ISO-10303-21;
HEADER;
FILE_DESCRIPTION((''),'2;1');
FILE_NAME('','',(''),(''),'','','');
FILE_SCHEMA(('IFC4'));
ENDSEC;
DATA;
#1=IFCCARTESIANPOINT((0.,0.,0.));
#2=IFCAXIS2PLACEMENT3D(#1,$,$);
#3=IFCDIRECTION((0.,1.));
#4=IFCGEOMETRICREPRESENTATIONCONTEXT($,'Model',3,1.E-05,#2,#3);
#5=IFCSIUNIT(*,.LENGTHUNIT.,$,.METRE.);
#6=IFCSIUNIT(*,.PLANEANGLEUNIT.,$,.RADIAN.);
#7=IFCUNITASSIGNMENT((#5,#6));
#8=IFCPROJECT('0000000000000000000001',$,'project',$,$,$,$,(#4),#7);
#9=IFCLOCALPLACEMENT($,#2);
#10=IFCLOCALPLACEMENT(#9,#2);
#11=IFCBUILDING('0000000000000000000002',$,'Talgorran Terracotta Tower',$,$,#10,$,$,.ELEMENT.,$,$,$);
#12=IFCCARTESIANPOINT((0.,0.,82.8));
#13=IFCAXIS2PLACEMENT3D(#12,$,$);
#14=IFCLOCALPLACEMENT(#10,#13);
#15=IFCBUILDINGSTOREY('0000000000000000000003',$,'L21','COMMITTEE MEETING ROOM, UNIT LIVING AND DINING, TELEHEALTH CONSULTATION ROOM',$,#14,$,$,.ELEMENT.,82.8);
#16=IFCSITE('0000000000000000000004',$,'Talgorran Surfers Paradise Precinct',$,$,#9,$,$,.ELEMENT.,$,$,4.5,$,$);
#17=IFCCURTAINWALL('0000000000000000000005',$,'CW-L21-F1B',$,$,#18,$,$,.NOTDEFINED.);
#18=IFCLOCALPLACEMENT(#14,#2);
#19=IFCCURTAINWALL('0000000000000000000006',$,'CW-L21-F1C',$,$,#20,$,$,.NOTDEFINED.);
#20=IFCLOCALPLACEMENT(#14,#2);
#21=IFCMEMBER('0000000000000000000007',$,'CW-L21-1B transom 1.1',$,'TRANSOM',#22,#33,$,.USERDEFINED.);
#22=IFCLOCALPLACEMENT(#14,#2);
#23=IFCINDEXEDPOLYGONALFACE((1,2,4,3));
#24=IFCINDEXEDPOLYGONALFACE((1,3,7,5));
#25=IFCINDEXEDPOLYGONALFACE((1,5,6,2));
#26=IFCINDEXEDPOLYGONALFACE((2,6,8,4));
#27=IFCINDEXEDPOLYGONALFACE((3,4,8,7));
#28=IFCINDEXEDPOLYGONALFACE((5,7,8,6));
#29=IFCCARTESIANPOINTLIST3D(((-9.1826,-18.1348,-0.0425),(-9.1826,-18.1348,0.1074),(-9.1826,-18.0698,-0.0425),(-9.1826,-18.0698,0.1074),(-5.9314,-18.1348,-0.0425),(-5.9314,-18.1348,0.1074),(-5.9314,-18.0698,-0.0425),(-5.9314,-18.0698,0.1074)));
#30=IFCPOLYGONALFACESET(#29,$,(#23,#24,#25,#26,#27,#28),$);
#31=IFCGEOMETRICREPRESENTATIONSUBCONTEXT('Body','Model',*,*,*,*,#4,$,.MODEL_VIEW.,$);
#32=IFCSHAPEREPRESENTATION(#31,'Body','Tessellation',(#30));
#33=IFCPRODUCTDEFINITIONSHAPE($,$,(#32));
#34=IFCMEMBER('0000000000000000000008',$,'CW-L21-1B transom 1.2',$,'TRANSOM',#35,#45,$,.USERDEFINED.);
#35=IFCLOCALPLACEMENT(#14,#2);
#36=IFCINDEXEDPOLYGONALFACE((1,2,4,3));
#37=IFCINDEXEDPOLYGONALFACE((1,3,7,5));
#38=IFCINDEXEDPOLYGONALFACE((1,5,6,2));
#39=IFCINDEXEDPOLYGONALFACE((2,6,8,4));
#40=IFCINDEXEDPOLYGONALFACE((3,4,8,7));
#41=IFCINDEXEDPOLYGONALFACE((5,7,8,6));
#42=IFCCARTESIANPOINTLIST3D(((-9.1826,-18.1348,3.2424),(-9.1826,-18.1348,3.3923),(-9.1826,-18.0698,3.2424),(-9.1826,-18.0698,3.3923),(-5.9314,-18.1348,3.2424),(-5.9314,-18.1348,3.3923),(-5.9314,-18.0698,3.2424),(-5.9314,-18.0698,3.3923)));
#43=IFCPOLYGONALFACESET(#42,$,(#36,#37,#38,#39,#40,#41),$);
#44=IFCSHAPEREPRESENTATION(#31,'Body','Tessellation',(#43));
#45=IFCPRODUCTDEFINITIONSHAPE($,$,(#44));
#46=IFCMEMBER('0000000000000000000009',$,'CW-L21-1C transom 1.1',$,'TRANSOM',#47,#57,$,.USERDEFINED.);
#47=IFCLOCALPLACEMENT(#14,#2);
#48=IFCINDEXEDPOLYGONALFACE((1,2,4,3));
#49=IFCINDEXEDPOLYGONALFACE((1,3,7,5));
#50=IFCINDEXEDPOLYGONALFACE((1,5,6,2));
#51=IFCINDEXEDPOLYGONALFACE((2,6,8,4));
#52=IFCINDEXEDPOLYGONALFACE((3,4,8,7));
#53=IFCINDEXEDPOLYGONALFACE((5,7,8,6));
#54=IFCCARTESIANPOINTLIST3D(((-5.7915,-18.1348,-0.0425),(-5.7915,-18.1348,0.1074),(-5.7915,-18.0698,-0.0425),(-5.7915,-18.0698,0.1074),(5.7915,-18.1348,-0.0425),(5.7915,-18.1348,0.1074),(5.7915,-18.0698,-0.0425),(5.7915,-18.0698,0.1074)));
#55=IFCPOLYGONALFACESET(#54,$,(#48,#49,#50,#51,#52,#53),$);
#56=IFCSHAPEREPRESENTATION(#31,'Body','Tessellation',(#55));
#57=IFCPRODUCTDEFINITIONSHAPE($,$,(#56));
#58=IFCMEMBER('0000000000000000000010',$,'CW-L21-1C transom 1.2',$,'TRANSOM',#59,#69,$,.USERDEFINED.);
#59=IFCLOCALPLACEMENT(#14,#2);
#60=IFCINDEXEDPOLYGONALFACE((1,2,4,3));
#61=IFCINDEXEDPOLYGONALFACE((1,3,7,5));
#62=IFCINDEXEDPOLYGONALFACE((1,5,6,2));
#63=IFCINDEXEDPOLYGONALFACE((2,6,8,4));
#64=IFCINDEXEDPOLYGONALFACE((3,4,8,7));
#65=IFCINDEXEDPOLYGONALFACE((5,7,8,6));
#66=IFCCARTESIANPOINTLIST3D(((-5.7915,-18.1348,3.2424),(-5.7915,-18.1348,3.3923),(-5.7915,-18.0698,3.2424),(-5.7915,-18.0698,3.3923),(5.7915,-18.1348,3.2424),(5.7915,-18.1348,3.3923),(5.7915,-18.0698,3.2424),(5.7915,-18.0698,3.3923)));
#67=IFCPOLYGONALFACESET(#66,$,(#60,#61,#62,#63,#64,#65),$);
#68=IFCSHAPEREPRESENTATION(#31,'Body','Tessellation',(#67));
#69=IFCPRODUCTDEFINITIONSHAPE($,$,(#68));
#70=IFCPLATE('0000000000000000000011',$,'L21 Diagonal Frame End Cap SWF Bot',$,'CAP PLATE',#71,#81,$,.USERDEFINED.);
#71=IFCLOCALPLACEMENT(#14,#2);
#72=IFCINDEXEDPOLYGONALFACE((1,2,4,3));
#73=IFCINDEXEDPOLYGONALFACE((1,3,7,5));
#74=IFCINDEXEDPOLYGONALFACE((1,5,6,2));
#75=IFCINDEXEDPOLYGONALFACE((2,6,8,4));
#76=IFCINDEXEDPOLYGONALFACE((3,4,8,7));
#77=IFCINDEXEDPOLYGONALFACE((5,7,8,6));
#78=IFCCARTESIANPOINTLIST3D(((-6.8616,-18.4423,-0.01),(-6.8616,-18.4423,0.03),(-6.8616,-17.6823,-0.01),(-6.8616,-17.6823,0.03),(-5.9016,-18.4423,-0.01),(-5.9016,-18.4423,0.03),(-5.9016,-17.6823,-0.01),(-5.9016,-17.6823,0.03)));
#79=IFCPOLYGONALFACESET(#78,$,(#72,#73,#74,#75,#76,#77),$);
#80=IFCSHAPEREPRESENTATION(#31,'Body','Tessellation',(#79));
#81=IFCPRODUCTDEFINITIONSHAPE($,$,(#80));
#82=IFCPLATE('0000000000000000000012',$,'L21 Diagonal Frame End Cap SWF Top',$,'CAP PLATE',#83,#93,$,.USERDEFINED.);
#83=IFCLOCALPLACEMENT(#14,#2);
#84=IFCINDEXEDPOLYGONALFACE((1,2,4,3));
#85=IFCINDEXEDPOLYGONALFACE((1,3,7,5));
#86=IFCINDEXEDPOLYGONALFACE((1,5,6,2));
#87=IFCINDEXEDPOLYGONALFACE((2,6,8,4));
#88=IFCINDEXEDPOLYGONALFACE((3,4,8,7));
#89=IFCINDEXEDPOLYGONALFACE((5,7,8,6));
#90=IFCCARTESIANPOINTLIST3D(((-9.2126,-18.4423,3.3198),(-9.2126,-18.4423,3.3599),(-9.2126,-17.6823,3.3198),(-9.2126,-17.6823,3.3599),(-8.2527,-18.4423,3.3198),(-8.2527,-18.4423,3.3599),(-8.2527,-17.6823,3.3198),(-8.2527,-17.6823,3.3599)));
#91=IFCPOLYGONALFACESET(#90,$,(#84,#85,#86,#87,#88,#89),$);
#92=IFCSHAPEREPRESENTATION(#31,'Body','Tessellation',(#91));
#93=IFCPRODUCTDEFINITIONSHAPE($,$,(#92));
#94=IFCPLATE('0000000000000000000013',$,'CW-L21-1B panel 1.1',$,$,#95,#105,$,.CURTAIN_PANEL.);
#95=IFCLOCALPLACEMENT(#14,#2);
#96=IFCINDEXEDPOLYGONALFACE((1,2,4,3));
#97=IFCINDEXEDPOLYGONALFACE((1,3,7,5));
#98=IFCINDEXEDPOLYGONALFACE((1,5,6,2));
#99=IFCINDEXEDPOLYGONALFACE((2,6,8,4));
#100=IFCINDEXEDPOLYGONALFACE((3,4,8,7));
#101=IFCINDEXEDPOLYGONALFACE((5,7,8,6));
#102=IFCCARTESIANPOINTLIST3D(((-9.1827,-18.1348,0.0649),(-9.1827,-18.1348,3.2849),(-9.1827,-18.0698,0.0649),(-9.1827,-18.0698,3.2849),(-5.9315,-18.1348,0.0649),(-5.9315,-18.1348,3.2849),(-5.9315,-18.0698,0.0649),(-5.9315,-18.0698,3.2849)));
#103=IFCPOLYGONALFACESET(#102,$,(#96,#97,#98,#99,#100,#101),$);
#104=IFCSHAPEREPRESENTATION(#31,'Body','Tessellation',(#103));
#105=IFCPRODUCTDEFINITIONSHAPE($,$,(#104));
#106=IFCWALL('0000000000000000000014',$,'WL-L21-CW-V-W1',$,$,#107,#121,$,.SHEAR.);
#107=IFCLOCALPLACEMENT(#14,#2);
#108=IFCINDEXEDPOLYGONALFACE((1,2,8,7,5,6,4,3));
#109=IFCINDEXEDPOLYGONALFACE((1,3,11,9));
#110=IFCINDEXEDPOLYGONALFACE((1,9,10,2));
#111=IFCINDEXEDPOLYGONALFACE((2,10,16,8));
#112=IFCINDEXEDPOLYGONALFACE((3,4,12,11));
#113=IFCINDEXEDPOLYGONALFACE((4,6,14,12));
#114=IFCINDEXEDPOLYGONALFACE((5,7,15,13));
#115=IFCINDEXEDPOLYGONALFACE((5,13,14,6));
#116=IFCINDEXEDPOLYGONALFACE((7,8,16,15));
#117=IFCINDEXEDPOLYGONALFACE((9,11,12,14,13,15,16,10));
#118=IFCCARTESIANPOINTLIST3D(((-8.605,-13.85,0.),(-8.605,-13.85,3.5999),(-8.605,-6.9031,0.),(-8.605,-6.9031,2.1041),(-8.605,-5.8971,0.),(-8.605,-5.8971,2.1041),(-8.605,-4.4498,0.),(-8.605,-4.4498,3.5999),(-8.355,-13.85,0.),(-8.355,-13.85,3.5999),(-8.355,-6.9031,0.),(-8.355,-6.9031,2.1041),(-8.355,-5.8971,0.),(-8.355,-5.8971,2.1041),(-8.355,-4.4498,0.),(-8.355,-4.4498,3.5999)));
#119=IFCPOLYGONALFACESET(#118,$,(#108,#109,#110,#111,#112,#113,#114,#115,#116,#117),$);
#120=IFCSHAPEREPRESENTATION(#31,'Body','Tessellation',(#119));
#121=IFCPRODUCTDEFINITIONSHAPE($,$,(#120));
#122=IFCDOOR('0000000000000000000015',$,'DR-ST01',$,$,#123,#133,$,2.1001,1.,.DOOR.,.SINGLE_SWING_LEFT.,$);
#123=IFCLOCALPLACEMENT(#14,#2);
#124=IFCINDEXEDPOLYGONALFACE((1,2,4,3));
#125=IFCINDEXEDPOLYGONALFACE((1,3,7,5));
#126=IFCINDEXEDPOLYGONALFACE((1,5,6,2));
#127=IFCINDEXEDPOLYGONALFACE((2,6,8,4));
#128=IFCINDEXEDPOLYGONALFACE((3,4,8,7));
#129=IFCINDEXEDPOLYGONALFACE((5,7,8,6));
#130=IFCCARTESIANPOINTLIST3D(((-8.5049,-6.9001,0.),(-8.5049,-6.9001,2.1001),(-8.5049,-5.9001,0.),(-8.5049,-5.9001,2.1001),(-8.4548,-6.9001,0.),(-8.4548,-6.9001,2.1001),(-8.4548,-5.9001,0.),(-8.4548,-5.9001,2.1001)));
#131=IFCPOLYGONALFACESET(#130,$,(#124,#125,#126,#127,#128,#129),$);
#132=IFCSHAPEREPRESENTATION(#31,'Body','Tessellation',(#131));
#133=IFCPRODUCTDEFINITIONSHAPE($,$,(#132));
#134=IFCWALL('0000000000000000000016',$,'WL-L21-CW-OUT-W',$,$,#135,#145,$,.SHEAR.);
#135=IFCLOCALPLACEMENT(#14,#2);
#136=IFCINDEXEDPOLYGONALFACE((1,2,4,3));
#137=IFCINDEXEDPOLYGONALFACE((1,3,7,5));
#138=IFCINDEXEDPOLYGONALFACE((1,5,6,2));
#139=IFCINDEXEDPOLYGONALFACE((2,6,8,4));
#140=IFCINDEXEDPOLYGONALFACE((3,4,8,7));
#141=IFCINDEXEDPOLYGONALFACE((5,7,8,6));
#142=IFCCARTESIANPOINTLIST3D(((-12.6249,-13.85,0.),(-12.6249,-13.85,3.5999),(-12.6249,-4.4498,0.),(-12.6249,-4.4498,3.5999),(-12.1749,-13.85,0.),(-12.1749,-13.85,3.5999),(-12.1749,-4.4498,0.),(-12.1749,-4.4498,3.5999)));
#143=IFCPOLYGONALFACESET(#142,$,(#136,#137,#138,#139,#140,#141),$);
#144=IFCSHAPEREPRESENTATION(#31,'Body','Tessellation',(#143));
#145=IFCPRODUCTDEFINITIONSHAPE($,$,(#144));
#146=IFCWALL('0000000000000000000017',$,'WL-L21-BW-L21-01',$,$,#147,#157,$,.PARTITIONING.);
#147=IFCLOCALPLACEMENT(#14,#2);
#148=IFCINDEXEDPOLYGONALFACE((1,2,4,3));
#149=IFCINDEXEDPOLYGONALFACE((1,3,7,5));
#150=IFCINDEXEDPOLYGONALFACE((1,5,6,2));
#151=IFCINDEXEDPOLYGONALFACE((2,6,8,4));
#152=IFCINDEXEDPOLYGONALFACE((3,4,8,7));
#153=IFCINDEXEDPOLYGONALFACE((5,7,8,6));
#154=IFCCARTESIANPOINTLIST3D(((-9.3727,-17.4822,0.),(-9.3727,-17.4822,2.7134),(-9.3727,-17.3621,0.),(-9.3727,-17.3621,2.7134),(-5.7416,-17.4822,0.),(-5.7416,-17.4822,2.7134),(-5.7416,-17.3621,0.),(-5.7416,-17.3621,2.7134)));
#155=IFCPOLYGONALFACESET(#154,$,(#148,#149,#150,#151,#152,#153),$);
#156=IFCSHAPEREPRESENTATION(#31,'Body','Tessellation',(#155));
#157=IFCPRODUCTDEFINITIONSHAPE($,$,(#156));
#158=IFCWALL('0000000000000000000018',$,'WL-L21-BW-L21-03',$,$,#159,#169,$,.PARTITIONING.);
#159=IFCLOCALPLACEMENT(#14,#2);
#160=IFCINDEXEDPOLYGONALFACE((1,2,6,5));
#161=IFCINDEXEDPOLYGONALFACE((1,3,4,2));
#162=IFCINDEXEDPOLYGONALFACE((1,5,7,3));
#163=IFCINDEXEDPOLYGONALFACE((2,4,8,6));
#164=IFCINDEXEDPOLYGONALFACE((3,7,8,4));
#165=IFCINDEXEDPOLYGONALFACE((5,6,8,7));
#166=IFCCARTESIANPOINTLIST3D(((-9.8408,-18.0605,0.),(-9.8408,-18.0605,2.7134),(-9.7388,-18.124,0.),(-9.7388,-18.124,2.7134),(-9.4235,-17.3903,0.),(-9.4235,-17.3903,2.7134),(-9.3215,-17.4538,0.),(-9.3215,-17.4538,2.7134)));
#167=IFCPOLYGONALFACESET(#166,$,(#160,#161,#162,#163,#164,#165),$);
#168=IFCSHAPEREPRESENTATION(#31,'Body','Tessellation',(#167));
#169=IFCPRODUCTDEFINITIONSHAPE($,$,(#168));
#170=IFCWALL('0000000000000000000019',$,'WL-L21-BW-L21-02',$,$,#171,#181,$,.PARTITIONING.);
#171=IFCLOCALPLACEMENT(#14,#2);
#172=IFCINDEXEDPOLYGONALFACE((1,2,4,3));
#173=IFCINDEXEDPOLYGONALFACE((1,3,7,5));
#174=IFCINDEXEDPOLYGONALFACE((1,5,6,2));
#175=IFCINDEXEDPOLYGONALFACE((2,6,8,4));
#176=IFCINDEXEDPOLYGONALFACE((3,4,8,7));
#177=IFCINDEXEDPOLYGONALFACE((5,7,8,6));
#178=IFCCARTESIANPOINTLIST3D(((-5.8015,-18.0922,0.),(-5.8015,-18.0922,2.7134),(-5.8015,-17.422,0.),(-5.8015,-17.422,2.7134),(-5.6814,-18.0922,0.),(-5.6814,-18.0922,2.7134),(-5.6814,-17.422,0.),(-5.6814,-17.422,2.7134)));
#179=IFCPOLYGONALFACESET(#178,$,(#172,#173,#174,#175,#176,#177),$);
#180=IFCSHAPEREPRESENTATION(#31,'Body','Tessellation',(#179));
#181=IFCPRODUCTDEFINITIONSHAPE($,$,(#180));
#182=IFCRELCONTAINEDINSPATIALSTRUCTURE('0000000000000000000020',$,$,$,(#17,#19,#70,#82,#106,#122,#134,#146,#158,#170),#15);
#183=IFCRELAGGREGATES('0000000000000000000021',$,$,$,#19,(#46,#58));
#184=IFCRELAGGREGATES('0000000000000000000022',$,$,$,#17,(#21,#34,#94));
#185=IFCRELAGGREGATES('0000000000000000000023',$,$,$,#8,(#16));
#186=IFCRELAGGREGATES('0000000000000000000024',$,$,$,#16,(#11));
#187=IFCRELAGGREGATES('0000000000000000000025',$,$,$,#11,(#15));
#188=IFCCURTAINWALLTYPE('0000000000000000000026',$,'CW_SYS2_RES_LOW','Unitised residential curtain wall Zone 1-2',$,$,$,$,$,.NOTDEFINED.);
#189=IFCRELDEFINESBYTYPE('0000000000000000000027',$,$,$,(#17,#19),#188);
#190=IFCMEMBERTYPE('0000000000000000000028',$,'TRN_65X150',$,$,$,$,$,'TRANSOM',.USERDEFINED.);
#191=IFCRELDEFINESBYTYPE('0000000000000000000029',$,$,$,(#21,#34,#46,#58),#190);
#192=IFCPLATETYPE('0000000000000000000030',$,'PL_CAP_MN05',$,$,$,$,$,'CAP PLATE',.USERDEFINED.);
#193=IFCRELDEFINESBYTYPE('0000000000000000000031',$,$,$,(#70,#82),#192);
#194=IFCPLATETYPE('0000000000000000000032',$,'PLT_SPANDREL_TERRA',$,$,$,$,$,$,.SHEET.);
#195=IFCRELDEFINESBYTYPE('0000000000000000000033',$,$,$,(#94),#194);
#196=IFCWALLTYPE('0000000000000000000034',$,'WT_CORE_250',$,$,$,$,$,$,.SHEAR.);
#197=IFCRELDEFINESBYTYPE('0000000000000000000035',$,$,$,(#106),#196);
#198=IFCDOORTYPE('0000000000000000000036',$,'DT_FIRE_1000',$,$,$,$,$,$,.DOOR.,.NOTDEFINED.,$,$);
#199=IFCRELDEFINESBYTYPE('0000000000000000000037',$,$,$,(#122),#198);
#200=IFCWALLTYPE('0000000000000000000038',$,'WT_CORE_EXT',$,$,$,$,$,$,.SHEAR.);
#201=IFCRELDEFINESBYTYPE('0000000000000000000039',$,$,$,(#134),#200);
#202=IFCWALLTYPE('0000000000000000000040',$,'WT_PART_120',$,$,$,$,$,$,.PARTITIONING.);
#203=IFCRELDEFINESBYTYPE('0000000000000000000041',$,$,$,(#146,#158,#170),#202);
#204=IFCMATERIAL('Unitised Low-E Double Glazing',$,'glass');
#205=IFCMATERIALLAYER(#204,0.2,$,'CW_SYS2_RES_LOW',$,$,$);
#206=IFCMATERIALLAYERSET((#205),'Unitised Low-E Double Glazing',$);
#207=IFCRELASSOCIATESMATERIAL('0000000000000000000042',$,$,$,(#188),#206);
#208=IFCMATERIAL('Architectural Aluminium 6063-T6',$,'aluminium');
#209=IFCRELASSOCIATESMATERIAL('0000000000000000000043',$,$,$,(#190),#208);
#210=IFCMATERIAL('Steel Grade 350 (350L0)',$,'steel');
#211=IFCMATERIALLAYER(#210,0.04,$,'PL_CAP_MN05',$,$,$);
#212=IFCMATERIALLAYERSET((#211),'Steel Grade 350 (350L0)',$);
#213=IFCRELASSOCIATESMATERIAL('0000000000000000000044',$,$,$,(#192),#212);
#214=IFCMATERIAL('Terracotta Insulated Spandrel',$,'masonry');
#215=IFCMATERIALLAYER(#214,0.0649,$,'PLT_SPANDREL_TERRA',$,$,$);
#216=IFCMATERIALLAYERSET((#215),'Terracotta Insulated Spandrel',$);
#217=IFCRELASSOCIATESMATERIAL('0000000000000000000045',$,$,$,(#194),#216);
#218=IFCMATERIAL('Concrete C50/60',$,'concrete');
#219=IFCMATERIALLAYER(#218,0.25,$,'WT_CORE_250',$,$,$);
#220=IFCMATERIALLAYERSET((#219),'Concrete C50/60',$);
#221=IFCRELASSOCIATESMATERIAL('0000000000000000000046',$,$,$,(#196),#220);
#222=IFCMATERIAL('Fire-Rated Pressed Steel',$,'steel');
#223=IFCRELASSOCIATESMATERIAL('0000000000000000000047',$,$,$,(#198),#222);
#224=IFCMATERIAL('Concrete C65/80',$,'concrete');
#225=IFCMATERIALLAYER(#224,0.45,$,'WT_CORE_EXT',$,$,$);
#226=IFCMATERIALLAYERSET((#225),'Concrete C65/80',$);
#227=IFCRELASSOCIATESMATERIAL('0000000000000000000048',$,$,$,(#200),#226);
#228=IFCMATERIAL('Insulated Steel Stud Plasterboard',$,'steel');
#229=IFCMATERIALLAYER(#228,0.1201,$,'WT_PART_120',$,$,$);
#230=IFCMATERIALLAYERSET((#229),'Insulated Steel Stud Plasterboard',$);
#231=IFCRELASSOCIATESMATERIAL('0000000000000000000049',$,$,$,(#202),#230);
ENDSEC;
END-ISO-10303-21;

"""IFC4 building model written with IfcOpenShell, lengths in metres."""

from ifc_helpers import new_model, si_unit, direction, frame, frame_2d, origin, origin_2d, place, context, subcontext, project, spatial, rectangle, extrude, source, transform, mapped, material, layer, layer_set, material_profile, profile_set, type_object, type_shapes, element, fill, aggregate, save


model = new_model("IFC4")

# Units and contexts
model_context = context("Model", 3, precision=1e-05, world=origin(), true_north=direction((0.0, 1.0)))
body_context = subcontext(model_context, "Body", "Model", "MODEL_VIEW")
ifc_project = project(units=[si_unit("LENGTHUNIT", "METRE"), si_unit("PLANEANGLEUNIT", "RADIAN")], contexts=[model_context])

# Site, building, storey
site_placement = place(None, origin())
site = spatial("IfcSite", under=ifc_project, at=site_placement, Name="Talgorran Surfers Paradise Precinct", CompositionType="ELEMENT", RefElevation=4.5)
building_placement = place(site_placement, origin())
building = spatial("IfcBuilding", under=site, at=building_placement, Name="Talgorran Terracotta Tower", CompositionType="ELEMENT")
storey_placement = place(building_placement, frame((0.0, 0.0, 82.8)))
storey = spatial("IfcBuildingStorey", under=building, at=storey_placement, Name="L21", Description="COMMITTEE MEETING ROOM, UNIT LIVING AND DINING, TELEHEALTH CONSULTATION ROOM", CompositionType="ELEMENT", Elevation=82.8)

# Shared definitions
ifc_material_1 = material(Name="Steel Grade 350 (350L0)", Category="steel")

# Shared definitions
ifc_material_2 = material(Name="Unitised Low-E Double Glazing", Category="glass")
ifc_layer_1 = layer(ifc_material_2, 0.2, Name="CW_SYS2_RES_LOW")
ifc_layer_set_1 = layer_set([ifc_layer_1], Name="Unitised Low-E Double Glazing")
curtain_wall_type = type_object("IfcCurtainWallType", Name="CW_SYS2_RES_LOW", Description="Unitised residential curtain wall Zone 1-2", PredefinedType="NOTDEFINED", material=ifc_layer_set_1)
ifc_material_3 = material(Name="Architectural Aluminium 6063-T6", Category="aluminium")

# Curtain wall
curtain_wall_1_placement = place(storey_placement, origin())
curtain_wall_1 = element("IfcCurtainWall", 1, at=curtain_wall_1_placement, inside=storey, type_object=curtain_wall_type, Name="CW-L21-F1B", PredefinedType="NOTDEFINED")

# Curtain wall
curtain_wall_2_placement = place(storey_placement, origin())
curtain_wall_2 = element("IfcCurtainWall", 2, at=curtain_wall_2_placement, inside=storey, type_object=curtain_wall_type, Name="CW-L21-F1C", PredefinedType="NOTDEFINED")

# Members
ifc_material_profile_1 = material_profile(ifc_material_3, rectangle(XDim=0.0649, YDim=0.1499, at=origin_2d()), Name="CWT65X150")
ifc_profile_set_1 = profile_set([ifc_material_profile_1], Name="Architectural Aluminium 6063-T6")
member_type_1 = type_object("IfcMemberType", Name="TRN_65X150", ElementType="TRANSOM", PredefinedType="USERDEFINED", material=ifc_profile_set_1)
member_1_placement = place(storey_placement, frame((-9.1826, -18.1023, 0.0325), z_axis=(1.0, 0.0, 0.0), x_axis=(0.0, 1.0, 0.0)))
member_1 = element("IfcMember", 3, at=member_1_placement, type_object=member_type_1, Name="CW-L21-1B transom 1.1", ObjectType="TRANSOM", PredefinedType="USERDEFINED", context=body_context, shape_type="SweptSolid", body=[
    extrude(rectangle(XDim=0.0649, YDim=0.1499, at=origin_2d()), origin(), (0.0, 0.0, 1.0), 3.2512),
])
member_2_placement = place(storey_placement, frame((-9.1826, -18.1023, 3.3174), z_axis=(1.0, 0.0, 0.0), x_axis=(0.0, 1.0, 0.0)))
member_2 = element("IfcMember", 4, at=member_2_placement, type_object=member_type_1, Name="CW-L21-1B transom 1.2", ObjectType="TRANSOM", PredefinedType="USERDEFINED", context=body_context, shape_type="SweptSolid", body=[
    extrude(rectangle(XDim=0.0649, YDim=0.1499, at=origin_2d()), origin(), (0.0, 0.0, 1.0), 3.2512),
])
member_3_placement = place(storey_placement, frame((-5.7915, -18.1023, 0.0325), z_axis=(1.0, 0.0, 0.0), x_axis=(0.0, 1.0, 0.0)))
member_3 = element("IfcMember", 5, at=member_3_placement, type_object=member_type_1, Name="CW-L21-1C transom 1.1", ObjectType="TRANSOM", PredefinedType="USERDEFINED", context=body_context, shape_type="SweptSolid", body=[
    extrude(rectangle(XDim=0.0649, YDim=0.1499, at=origin_2d()), origin(), (0.0, 0.0, 1.0), 11.583),
])
member_4_placement = place(storey_placement, frame((-5.7915, -18.1023, 3.3174), z_axis=(1.0, 0.0, 0.0), x_axis=(0.0, 1.0, 0.0)))
member_4 = element("IfcMember", 6, at=member_4_placement, type_object=member_type_1, Name="CW-L21-1C transom 1.2", ObjectType="TRANSOM", PredefinedType="USERDEFINED", context=body_context, shape_type="SweptSolid", body=[
    extrude(rectangle(XDim=0.0649, YDim=0.1499, at=origin_2d()), origin(), (0.0, 0.0, 1.0), 11.583),
])
aggregate(curtain_wall_2, [member_3, member_4])

# Plates
ifc_layer_2 = layer(ifc_material_1, 0.04, Name="PL_CAP_MN05")
ifc_layer_set_2 = layer_set([ifc_layer_2], Name="Steel Grade 350 (350L0)")
plate_type_1 = type_object("IfcPlateType", Name="PL_CAP_MN05", ElementType="CAP PLATE", PredefinedType="USERDEFINED", material=ifc_layer_set_2)
for number, where, z_axis, x_axis, name in (
    (7, (-6.3816, -18.0623, -0.01), (0.0, 0.0, 1.0), (-1.0, 0.0, 0.0), "L21 Diagonal Frame End Cap SWF Bot"),
    (8, (-8.7327, -18.0623, 3.3198), (0.0, 0.0, 1.0), (-1.0, 0.0, 0.0), "L21 Diagonal Frame End Cap SWF Top"),
):
    element("IfcPlate", number, at=place(storey_placement, frame(where, z_axis=z_axis, x_axis=x_axis)), inside=storey, type_object=plate_type_1, Name=name, ObjectType="CAP PLATE", PredefinedType="USERDEFINED", context=body_context, shape_type="SweptSolid", body=[
        extrude(rectangle(XDim=0.96, YDim=0.76, at=origin_2d()), origin(), (0.0, 0.0, 1.0), 0.04),
    ])

# Plate
ifc_material_4 = material(Name="Terracotta Insulated Spandrel", Category="masonry")
ifc_layer_3 = layer(ifc_material_4, 0.0649, Name="PLT_SPANDREL_TERRA")
ifc_layer_set_3 = layer_set([ifc_layer_3], Name="Terracotta Insulated Spandrel")
plate_type_2 = type_object("IfcPlateType", Name="PLT_SPANDREL_TERRA", PredefinedType="SHEET", material=ifc_layer_set_3)
shared_shape = source(origin(), body_context, "Body", "SweptSolid", [
    extrude(rectangle(XDim=3.2512, YDim=0.0649, at=origin_2d()), origin(), (0.0, 0.0, 1.0), 3.22),
])
type_shapes(plate_type_2, [shared_shape])
plate_placement = place(storey_placement, frame((-7.5571, -18.1023, 0.0649), z_axis=(0.0, 0.0, 1.0), x_axis=(1.0, 0.0, 0.0)))
plate = element("IfcPlate", 9, at=plate_placement, type_object=plate_type_2, Name="CW-L21-1B panel 1.1", PredefinedType="CURTAIN_PANEL", context=body_context, shape_type="MappedRepresentation", body=[
    mapped(shared_shape, transform((0.0, 0.0, 0.0), scale=1.0)),
])
aggregate(curtain_wall_1, [member_1, member_2, plate])

# Wall, opening, door
ifc_material_5 = material(Name="Concrete C50/60", Category="concrete")
ifc_layer_4 = layer(ifc_material_5, 0.25, Name="WT_CORE_250")
ifc_layer_set_4 = layer_set([ifc_layer_4], Name="Concrete C50/60")
wall_type_1 = type_object("IfcWallType", Name="WT_CORE_250", PredefinedType="SHEAR", material=ifc_layer_set_4)
wall_1_placement = place(storey_placement, frame((-8.48, -13.8501, 0.0), z_axis=(0.0, 0.0, 1.0), x_axis=(0.0, 1.0, 0.0)))
wall_1 = element("IfcWall", 10, at=wall_1_placement, inside=storey, type_object=wall_type_1, Name="WL-L21-CW-V-W1", PredefinedType="SHEAR", context=body_context, shape_type="SweptSolid", body=[
    extrude(rectangle(XDim=9.4001, YDim=0.25, at=frame_2d((4.7002, 0.0))), origin(), (0.0, 0.0, 1.0), 3.5999),
])
opening_placement = place(wall_1_placement, frame((6.95, 0.0, 0.0)))
opening = element("IfcOpeningElement", 11, at=opening_placement, cuts=wall_1, PredefinedType="OPENING", context=body_context, shape_type="SweptSolid", body=[
    extrude(rectangle(XDim=1.006, YDim=2.1041, at=frame_2d((0.5, 1.052))), frame((0.0, 0.135, 0.0), z_axis=(0.0, -1.0, 0.0), x_axis=(1.0, 0.0, 0.0)), (0.0, 0.0, 1.0), 0.27),
])
ifc_material_6 = material(Name="Fire-Rated Pressed Steel", Category="steel")
door_type = type_object("IfcDoorType", Name="DT_FIRE_1000", OperationType="NOTDEFINED", PredefinedType="DOOR", material=ifc_material_6)
door_placement = place(opening_placement, origin())
door = element("IfcDoor", 12, at=door_placement, inside=storey, type_object=door_type, Name="DR-ST01", OperationType="SINGLE_SWING_LEFT", OverallHeight=2.1001, OverallWidth=1.0, PredefinedType="DOOR", context=body_context, shape_type="SweptSolid", body=[
    extrude(rectangle(XDim=1.0, YDim=2.1001, at=frame_2d((0.5, 1.05))), frame((0.0, 0.0249, 0.0), z_axis=(0.0, -1.0, 0.0), x_axis=(1.0, 0.0, 0.0)), (0.0, 0.0, 1.0), 0.05),
])
fill(opening, door)

# Walls
ifc_material_7 = material(Name="Concrete C65/80", Category="concrete")
ifc_layer_5 = layer(ifc_material_7, 0.45, Name="WT_CORE_EXT")
ifc_layer_set_5 = layer_set([ifc_layer_5], Name="Concrete C65/80")
wall_type_2 = type_object("IfcWallType", Name="WT_CORE_EXT", PredefinedType="SHEAR", material=ifc_layer_set_5)
wall_2_placement = place(storey_placement, frame((-12.3999, -13.8501, 0.0), z_axis=(0.0, 0.0, 1.0), x_axis=(0.0, 1.0, 0.0)))
element("IfcWall", 13, at=wall_2_placement, inside=storey, type_object=wall_type_2, Name="WL-L21-CW-OUT-W", PredefinedType="SHEAR", context=body_context, shape_type="SweptSolid", body=[
    extrude(rectangle(XDim=9.4001, YDim=0.45, at=frame_2d((4.7002, 0.0))), origin(), (0.0, 0.0, 1.0), 3.5999),
])
ifc_material_8 = material(Name="Insulated Steel Stud Plasterboard", Category="steel")
ifc_layer_6 = layer(ifc_material_8, 0.1201, Name="WT_PART_120")
ifc_layer_set_6 = layer_set([ifc_layer_6], Name="Insulated Steel Stud Plasterboard")
wall_type_3 = type_object("IfcWallType", Name="WT_PART_120", PredefinedType="PARTITIONING", material=ifc_layer_set_6)
wall_3_placement = place(storey_placement, frame((-9.3726, -17.4221, 0.0), z_axis=(0.0, 0.0, 1.0), x_axis=(1.0, 0.0, 0.0)))
element("IfcWall", 14, at=wall_3_placement, inside=storey, type_object=wall_type_3, Name="WL-L21-BW-L21-01", PredefinedType="PARTITIONING", context=body_context, shape_type="SweptSolid", body=[
    extrude(rectangle(XDim=3.6311, YDim=0.1201, at=frame_2d((1.8154, 0.0))), origin(), (0.0, 0.0, 1.0), 2.7134),
])
wall_4_placement = place(storey_placement, frame((-9.7898, -18.0923, 0.0), z_axis=(0.0, 0.0, 1.0), x_axis=(0.528525, 0.848918, 0.0)))
element("IfcWall", 15, at=wall_4_placement, inside=storey, type_object=wall_type_3, Name="WL-L21-BW-L21-03", PredefinedType="PARTITIONING", context=body_context, shape_type="SweptSolid", body=[
    extrude(rectangle(XDim=0.7896, YDim=0.1201, at=frame_2d((0.3948, 0.0))), origin(), (0.0, 0.0, 1.0), 2.7134),
])
wall_5_placement = place(storey_placement, frame((-5.7415, -17.4221, 0.0), z_axis=(0.0, 0.0, 1.0), x_axis=(0.0, -1.0, 0.0)))
element("IfcWall", 16, at=wall_5_placement, inside=storey, type_object=wall_type_3, Name="WL-L21-BW-L21-02", PredefinedType="PARTITIONING", context=body_context, shape_type="SweptSolid", body=[
    extrude(rectangle(XDim=0.6702, YDim=0.1201, at=frame_2d((0.335, 0.0))), origin(), (0.0, 0.0, 1.0), 2.7134),
])

save(model, "model.ifc")
